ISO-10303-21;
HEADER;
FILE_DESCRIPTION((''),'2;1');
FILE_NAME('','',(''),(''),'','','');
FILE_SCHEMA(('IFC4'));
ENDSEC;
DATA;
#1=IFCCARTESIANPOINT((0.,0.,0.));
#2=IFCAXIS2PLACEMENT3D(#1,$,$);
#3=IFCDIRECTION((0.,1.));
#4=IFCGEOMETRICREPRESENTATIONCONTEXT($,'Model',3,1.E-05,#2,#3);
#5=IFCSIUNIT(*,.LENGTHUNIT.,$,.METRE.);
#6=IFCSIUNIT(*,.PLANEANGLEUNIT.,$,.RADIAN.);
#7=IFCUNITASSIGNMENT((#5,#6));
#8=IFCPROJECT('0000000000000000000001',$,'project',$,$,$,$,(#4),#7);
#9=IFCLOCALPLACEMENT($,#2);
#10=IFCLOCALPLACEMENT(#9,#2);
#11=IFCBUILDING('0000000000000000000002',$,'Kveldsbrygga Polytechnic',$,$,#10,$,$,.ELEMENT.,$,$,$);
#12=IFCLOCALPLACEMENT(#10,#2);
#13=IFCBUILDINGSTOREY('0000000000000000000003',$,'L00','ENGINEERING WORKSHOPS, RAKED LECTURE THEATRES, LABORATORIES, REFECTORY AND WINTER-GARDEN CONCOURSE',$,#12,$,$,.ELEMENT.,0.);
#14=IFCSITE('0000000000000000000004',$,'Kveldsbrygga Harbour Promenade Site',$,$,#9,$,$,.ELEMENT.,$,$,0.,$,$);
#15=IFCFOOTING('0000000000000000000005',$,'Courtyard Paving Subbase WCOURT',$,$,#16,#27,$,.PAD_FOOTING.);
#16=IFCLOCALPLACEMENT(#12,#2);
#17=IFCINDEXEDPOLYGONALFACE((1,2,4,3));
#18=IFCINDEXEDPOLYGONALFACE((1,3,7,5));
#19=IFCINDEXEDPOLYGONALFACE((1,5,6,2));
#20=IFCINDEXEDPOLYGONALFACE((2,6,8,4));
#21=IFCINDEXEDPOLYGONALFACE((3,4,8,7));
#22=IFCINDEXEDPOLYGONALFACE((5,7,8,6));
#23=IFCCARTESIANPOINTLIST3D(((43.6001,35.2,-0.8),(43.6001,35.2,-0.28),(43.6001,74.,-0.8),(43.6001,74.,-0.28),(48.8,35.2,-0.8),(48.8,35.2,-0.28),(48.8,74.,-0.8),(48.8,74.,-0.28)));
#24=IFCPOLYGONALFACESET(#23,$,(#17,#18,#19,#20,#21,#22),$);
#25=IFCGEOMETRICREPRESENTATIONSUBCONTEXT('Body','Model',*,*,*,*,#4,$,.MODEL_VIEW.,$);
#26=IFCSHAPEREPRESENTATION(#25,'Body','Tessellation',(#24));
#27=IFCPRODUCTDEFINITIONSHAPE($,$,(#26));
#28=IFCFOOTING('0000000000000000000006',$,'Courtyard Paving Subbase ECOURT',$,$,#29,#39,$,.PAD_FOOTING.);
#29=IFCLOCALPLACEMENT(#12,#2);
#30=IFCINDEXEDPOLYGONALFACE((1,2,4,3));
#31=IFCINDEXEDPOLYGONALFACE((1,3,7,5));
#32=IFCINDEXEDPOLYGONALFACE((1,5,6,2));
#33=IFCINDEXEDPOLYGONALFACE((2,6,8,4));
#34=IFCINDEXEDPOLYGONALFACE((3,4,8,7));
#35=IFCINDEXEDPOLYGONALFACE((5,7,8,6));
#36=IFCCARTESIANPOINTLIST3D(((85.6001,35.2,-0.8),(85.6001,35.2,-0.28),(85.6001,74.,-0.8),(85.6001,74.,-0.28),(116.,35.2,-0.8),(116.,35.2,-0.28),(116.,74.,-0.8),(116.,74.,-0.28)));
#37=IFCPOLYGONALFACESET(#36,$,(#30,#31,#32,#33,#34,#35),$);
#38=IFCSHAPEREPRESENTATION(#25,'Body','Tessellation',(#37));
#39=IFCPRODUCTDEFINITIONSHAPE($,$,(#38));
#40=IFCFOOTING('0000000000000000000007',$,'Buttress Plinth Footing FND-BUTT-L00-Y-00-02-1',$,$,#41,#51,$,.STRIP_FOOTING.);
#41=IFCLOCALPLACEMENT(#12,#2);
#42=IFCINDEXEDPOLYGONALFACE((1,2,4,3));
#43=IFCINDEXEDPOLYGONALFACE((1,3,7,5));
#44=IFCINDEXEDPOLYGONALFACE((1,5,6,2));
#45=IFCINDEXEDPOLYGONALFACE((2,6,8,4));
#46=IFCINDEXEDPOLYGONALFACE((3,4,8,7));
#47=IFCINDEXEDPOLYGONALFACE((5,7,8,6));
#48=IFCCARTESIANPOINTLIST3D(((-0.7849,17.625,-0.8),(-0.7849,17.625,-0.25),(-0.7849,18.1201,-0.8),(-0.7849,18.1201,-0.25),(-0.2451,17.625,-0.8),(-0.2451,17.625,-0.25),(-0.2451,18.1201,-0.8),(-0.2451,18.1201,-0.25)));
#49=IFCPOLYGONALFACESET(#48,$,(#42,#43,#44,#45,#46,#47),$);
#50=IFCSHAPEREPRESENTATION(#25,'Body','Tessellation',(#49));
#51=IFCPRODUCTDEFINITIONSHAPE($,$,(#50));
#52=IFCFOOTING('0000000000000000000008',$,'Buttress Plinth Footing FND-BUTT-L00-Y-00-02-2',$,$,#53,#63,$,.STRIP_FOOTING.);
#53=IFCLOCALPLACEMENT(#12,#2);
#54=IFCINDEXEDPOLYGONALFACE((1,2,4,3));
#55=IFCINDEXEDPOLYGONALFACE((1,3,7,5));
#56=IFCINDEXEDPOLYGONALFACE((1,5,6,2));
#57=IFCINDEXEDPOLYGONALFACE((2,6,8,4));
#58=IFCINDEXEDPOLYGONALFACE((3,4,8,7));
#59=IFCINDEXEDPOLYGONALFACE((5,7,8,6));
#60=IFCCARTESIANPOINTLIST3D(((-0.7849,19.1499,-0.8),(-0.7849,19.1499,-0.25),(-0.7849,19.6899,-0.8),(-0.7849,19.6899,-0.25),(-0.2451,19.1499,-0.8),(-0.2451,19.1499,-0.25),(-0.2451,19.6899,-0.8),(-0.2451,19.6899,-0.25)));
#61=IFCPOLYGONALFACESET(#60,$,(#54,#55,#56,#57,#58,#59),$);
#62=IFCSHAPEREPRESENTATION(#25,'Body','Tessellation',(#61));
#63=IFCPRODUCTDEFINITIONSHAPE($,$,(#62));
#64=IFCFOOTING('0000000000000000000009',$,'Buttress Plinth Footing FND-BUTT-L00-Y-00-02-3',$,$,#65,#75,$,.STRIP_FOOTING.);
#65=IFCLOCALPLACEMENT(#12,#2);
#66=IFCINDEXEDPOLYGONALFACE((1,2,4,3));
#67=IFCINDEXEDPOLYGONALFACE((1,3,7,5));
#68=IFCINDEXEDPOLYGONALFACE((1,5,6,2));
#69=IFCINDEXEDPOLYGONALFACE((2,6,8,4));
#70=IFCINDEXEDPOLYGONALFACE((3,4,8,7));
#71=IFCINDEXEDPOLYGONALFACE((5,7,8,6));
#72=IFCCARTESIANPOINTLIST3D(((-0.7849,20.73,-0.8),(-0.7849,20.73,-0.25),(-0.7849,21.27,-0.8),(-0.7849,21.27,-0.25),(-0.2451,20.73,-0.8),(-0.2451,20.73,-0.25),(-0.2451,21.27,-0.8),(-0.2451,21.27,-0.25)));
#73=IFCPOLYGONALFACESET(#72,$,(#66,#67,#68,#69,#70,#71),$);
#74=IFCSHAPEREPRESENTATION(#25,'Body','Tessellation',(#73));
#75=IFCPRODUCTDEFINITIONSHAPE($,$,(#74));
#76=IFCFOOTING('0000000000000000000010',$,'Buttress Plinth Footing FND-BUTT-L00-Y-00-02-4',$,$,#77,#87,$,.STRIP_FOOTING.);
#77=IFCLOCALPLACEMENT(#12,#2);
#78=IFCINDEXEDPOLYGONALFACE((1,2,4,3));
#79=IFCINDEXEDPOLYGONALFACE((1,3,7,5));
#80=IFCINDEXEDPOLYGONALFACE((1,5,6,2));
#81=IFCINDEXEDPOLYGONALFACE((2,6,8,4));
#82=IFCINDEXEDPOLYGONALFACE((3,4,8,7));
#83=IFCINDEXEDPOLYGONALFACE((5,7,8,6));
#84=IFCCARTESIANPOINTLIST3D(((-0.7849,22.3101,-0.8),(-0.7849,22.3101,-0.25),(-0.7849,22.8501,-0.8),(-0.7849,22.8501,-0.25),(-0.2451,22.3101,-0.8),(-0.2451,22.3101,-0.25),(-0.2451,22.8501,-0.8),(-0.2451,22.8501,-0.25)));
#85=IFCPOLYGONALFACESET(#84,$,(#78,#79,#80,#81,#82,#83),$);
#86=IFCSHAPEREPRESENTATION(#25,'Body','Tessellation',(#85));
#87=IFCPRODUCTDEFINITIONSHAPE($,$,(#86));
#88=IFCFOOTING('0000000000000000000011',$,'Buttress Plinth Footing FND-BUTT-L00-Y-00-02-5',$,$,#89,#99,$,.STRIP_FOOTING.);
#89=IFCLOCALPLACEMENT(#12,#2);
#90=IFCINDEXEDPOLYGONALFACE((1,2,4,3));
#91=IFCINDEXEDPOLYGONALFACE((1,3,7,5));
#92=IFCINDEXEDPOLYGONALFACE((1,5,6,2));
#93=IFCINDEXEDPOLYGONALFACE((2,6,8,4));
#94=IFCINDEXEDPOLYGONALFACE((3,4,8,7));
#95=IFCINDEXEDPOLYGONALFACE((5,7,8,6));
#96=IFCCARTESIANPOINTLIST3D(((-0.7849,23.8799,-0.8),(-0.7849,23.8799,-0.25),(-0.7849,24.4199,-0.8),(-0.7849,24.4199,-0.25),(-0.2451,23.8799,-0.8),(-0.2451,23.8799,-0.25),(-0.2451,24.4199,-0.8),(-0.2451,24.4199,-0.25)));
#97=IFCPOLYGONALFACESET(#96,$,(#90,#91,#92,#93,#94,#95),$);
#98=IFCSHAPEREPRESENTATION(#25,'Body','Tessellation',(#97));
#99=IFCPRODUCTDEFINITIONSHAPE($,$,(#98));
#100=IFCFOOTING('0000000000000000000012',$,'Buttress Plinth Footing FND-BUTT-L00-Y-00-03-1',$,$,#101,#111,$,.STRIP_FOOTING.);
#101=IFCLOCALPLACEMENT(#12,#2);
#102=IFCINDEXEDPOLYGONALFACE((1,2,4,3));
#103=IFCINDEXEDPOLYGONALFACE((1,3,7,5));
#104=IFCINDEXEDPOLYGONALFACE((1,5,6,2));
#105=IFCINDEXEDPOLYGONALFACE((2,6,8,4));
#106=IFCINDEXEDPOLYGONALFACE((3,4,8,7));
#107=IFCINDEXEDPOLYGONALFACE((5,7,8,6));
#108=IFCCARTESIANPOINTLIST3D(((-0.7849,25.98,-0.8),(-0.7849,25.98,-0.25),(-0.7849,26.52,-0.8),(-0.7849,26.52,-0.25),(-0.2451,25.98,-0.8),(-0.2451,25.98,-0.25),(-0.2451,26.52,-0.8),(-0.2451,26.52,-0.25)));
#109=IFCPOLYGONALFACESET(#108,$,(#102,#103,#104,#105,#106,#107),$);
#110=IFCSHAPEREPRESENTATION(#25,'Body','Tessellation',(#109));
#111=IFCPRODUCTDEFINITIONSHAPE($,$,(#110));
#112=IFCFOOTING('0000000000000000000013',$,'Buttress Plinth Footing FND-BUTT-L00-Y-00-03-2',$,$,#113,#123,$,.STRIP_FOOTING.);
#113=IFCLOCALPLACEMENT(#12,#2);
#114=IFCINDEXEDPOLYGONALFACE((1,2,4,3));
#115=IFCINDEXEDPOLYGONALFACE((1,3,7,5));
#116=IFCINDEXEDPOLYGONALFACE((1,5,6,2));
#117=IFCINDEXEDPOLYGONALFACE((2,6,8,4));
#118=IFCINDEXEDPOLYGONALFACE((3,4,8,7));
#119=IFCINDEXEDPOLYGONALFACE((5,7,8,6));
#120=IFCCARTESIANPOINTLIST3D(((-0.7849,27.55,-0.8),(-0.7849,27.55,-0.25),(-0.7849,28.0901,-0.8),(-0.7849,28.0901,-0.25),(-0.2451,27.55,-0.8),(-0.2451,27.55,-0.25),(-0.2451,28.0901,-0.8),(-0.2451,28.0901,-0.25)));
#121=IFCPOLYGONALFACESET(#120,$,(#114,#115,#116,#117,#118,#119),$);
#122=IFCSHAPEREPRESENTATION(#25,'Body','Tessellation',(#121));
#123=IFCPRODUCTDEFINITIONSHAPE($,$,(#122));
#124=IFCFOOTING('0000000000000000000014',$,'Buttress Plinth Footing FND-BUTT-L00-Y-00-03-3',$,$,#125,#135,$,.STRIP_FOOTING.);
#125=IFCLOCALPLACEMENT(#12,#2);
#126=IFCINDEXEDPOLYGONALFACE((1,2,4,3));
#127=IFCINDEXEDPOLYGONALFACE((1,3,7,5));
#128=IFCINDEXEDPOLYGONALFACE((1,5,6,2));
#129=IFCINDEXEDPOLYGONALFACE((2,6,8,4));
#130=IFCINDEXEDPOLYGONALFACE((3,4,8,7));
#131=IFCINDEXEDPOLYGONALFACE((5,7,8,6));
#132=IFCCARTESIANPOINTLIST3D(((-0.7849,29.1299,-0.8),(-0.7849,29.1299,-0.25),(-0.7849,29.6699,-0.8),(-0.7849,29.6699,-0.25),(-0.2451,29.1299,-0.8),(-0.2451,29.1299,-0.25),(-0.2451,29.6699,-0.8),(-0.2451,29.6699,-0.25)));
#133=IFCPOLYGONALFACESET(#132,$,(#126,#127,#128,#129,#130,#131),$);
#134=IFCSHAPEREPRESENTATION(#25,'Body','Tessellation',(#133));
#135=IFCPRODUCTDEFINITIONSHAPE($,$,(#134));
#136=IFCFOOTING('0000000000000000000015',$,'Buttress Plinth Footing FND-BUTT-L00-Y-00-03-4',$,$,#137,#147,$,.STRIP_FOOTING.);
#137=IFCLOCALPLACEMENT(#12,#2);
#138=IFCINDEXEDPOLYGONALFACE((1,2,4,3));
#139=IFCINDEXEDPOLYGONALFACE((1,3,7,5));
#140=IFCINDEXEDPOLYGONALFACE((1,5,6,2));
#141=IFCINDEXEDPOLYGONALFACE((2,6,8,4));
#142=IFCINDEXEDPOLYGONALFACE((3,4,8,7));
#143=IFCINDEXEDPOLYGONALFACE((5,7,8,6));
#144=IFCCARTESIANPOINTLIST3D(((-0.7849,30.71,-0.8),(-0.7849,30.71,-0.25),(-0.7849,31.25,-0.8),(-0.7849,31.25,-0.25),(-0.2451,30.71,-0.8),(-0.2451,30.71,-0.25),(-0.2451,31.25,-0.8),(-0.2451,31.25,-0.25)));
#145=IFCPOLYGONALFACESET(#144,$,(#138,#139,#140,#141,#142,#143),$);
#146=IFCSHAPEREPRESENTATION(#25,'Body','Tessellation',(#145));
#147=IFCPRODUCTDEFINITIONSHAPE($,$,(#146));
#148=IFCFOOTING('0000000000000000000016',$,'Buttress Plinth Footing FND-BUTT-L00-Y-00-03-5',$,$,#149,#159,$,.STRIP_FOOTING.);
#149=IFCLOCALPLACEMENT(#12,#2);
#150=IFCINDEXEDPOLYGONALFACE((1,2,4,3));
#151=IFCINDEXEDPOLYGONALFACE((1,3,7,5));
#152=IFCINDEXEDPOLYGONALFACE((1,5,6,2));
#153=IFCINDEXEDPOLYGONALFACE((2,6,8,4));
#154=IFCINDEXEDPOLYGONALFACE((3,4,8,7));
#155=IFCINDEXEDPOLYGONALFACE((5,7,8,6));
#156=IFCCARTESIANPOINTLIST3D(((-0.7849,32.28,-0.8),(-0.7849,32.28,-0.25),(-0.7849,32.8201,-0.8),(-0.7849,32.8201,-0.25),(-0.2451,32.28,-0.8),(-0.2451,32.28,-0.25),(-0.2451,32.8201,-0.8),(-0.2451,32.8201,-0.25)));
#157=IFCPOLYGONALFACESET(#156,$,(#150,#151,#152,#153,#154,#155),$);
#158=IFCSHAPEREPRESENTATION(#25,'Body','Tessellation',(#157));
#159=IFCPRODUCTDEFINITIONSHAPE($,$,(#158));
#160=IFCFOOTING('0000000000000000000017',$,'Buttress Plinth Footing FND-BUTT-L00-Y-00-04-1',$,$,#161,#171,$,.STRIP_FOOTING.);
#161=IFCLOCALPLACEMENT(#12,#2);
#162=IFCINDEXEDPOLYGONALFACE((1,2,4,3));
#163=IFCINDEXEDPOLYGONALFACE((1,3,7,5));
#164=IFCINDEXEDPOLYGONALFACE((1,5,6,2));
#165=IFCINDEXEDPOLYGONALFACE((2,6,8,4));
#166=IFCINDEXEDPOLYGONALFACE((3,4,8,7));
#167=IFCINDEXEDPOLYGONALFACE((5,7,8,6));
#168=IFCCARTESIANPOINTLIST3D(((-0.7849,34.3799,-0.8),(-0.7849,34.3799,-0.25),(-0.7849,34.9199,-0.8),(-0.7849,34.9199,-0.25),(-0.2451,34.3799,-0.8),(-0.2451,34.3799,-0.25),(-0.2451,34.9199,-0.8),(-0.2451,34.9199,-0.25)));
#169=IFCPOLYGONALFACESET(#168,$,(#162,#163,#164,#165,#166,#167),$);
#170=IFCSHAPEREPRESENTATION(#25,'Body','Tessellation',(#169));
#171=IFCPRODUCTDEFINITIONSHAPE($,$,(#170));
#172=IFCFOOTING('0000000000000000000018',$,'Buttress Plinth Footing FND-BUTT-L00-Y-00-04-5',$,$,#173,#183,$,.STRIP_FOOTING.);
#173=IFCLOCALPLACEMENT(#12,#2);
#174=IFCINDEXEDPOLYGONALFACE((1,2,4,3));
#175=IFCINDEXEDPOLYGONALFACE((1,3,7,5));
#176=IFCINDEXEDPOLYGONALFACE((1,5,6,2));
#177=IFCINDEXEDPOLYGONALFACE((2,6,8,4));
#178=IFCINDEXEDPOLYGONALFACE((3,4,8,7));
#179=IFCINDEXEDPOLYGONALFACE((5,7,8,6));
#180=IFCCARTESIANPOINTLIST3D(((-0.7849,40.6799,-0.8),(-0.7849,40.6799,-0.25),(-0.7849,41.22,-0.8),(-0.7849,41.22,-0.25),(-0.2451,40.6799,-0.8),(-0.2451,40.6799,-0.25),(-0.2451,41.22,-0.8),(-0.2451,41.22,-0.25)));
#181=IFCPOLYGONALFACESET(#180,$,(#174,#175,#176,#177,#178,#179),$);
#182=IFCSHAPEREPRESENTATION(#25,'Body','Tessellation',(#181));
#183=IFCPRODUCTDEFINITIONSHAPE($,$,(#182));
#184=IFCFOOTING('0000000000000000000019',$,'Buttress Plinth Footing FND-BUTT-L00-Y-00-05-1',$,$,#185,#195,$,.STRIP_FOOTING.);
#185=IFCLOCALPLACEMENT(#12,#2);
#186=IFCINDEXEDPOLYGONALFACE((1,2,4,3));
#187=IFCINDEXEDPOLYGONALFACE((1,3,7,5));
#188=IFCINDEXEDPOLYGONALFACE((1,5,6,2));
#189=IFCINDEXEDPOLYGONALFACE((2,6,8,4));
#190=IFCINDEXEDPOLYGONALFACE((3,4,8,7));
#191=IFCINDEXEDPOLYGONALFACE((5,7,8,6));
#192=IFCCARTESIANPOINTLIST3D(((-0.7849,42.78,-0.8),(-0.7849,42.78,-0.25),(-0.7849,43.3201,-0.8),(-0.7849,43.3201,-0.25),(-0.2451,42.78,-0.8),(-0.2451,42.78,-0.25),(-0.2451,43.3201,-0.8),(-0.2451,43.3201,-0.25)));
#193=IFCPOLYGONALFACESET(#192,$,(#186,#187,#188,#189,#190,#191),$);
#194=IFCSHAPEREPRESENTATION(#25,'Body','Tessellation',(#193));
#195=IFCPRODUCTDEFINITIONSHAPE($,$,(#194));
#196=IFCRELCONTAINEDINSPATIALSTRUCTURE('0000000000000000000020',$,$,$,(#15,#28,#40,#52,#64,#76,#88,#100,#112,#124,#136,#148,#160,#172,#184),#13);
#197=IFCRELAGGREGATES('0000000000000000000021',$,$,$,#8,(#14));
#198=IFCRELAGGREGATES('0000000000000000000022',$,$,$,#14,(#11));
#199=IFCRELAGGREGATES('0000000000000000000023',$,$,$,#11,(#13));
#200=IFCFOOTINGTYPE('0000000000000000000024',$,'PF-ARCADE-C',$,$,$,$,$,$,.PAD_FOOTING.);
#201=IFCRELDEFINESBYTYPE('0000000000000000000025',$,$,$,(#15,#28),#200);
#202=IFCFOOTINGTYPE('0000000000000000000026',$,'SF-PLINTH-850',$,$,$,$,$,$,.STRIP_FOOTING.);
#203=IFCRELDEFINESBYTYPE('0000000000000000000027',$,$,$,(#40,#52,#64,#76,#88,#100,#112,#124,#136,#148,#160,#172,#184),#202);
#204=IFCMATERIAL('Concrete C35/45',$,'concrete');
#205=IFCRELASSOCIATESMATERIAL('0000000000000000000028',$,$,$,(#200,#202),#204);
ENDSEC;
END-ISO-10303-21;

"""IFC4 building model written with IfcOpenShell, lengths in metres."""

from ifc_helpers import new_model, si_unit, direction, frame, origin, place, context, subcontext, project, spatial, polyline, outline, extrude, material, type_object, element, save


model = new_model("IFC4")

# Units and contexts
model_context = context("Model", 3, precision=1e-05, world=origin(), true_north=direction((0.0, 1.0)))
body_context = subcontext(model_context, "Body", "Model", "MODEL_VIEW")
ifc_project = project(units=[si_unit("LENGTHUNIT", "METRE"), si_unit("PLANEANGLEUNIT", "RADIAN")], contexts=[model_context])

# Site, building, storey
site_placement = place(None, origin())
site = spatial("IfcSite", under=ifc_project, at=site_placement, Name="Kveldsbrygga Harbour Promenade Site", CompositionType="ELEMENT", RefElevation=0.0)
building_placement = place(site_placement, origin())
building = spatial("IfcBuilding", under=site, at=building_placement, Name="Kveldsbrygga Polytechnic", CompositionType="ELEMENT")
storey_placement = place(building_placement, origin())
storey = spatial("IfcBuildingStorey", under=building, at=storey_placement, Name="L00", Description="ENGINEERING WORKSHOPS, RAKED LECTURE THEATRES, LABORATORIES, REFECTORY AND WINTER-GARDEN CONCOURSE", CompositionType="ELEMENT", Elevation=0.0)

# Footings
ifc_material = material(Name="Concrete C35/45", Category="concrete")
footing_type_1 = type_object("IfcFootingType", Name="PF-ARCADE-C", PredefinedType="PAD_FOOTING", material=ifc_material)
footing_1_placement = place(storey_placement, frame((0.0, 0.0, -0.8)))
element("IfcFooting", 1, at=footing_1_placement, inside=storey, type_object=footing_type_1, Name="Courtyard Paving Subbase WCOURT", PredefinedType="PAD_FOOTING", context=body_context, shape_type="SweptSolid", body=[
    extrude(outline(polyline([(43.6001, 35.2), (48.8, 35.2), (48.8, 74.0), (43.6001, 74.0), (43.6001, 35.2)])), origin(), (0.0, 0.0, 1.0), 0.52),
])
footing_2_placement = place(storey_placement, frame((0.0, 0.0, -0.8)))
element("IfcFooting", 2, at=footing_2_placement, inside=storey, type_object=footing_type_1, Name="Courtyard Paving Subbase ECOURT", PredefinedType="PAD_FOOTING", context=body_context, shape_type="SweptSolid", body=[
    extrude(outline(polyline([(85.6001, 35.2), (116.0, 35.2), (116.0, 74.0), (85.6001, 74.0), (85.6001, 35.2)])), origin(), (0.0, 0.0, 1.0), 0.52),
])
footing_type_2 = type_object("IfcFootingType", Name="SF-PLINTH-850", PredefinedType="STRIP_FOOTING", material=ifc_material)
footing_3_placement = place(storey_placement, frame((0.0, 0.0, -0.8)))
element("IfcFooting", 3, at=footing_3_placement, inside=storey, type_object=footing_type_2, Name="Buttress Plinth Footing FND-BUTT-L00-Y-00-02-1", PredefinedType="STRIP_FOOTING", context=body_context, shape_type="SweptSolid", body=[
    extrude(outline(polyline([(-0.7849, 17.625), (-0.2451, 17.625), (-0.2451, 18.1201), (-0.7849, 18.1201), (-0.7849, 17.625)])), origin(), (0.0, 0.0, 1.0), 0.55),
])
footing_4_placement = place(storey_placement, frame((0.0, 0.0, -0.8)))
element("IfcFooting", 4, at=footing_4_placement, inside=storey, type_object=footing_type_2, Name="Buttress Plinth Footing FND-BUTT-L00-Y-00-02-2", PredefinedType="STRIP_FOOTING", context=body_context, shape_type="SweptSolid", body=[
    extrude(outline(polyline([(-0.7849, 19.1499), (-0.2451, 19.1499), (-0.2451, 19.6899), (-0.7849, 19.6899), (-0.7849, 19.1499)])), origin(), (0.0, 0.0, 1.0), 0.55),
])
footing_5_placement = place(storey_placement, frame((0.0, 0.0, -0.8)))
element("IfcFooting", 5, at=footing_5_placement, inside=storey, type_object=footing_type_2, Name="Buttress Plinth Footing FND-BUTT-L00-Y-00-02-3", PredefinedType="STRIP_FOOTING", context=body_context, shape_type="SweptSolid", body=[
    extrude(outline(polyline([(-0.7849, 20.73), (-0.2451, 20.73), (-0.2451, 21.27), (-0.7849, 21.27), (-0.7849, 20.73)])), origin(), (0.0, 0.0, 1.0), 0.55),
])
footing_6_placement = place(storey_placement, frame((0.0, 0.0, -0.8)))
element("IfcFooting", 6, at=footing_6_placement, inside=storey, type_object=footing_type_2, Name="Buttress Plinth Footing FND-BUTT-L00-Y-00-02-4", PredefinedType="STRIP_FOOTING", context=body_context, shape_type="SweptSolid", body=[
    extrude(outline(polyline([(-0.7849, 22.3101), (-0.2451, 22.3101), (-0.2451, 22.8501), (-0.7849, 22.8501), (-0.7849, 22.3101)])), origin(), (0.0, 0.0, 1.0), 0.55),
])
footing_7_placement = place(storey_placement, frame((0.0, 0.0, -0.8)))
element("IfcFooting", 7, at=footing_7_placement, inside=storey, type_object=footing_type_2, Name="Buttress Plinth Footing FND-BUTT-L00-Y-00-02-5", PredefinedType="STRIP_FOOTING", context=body_context, shape_type="SweptSolid", body=[
    extrude(outline(polyline([(-0.7849, 23.8799), (-0.2451, 23.8799), (-0.2451, 24.4199), (-0.7849, 24.4199), (-0.7849, 23.8799)])), origin(), (0.0, 0.0, 1.0), 0.55),
])
footing_8_placement = place(storey_placement, frame((0.0, 0.0, -0.8)))
element("IfcFooting", 8, at=footing_8_placement, inside=storey, type_object=footing_type_2, Name="Buttress Plinth Footing FND-BUTT-L00-Y-00-03-1", PredefinedType="STRIP_FOOTING", context=body_context, shape_type="SweptSolid", body=[
    extrude(outline(polyline([(-0.7849, 25.98), (-0.2451, 25.98), (-0.2451, 26.52), (-0.7849, 26.52), (-0.7849, 25.98)])), origin(), (0.0, 0.0, 1.0), 0.55),
])
footing_9_placement = place(storey_placement, frame((0.0, 0.0, -0.8)))
element("IfcFooting", 9, at=footing_9_placement, inside=storey, type_object=footing_type_2, Name="Buttress Plinth Footing FND-BUTT-L00-Y-00-03-2", PredefinedType="STRIP_FOOTING", context=body_context, shape_type="SweptSolid", body=[
    extrude(outline(polyline([(-0.7849, 27.55), (-0.2451, 27.55), (-0.2451, 28.0901), (-0.7849, 28.0901), (-0.7849, 27.55)])), origin(), (0.0, 0.0, 1.0), 0.55),
])
footing_10_placement = place(storey_placement, frame((0.0, 0.0, -0.8)))
element("IfcFooting", 10, at=footing_10_placement, inside=storey, type_object=footing_type_2, Name="Buttress Plinth Footing FND-BUTT-L00-Y-00-03-3", PredefinedType="STRIP_FOOTING", context=body_context, shape_type="SweptSolid", body=[
    extrude(outline(polyline([(-0.7849, 29.1299), (-0.2451, 29.1299), (-0.2451, 29.6699), (-0.7849, 29.6699), (-0.7849, 29.1299)])), origin(), (0.0, 0.0, 1.0), 0.55),
])
footing_11_placement = place(storey_placement, frame((0.0, 0.0, -0.8)))
element("IfcFooting", 11, at=footing_11_placement, inside=storey, type_object=footing_type_2, Name="Buttress Plinth Footing FND-BUTT-L00-Y-00-03-4", PredefinedType="STRIP_FOOTING", context=body_context, shape_type="SweptSolid", body=[
    extrude(outline(polyline([(-0.7849, 30.71), (-0.2451, 30.71), (-0.2451, 31.25), (-0.7849, 31.25), (-0.7849, 30.71)])), origin(), (0.0, 0.0, 1.0), 0.55),
])
footing_12_placement = place(storey_placement, frame((0.0, 0.0, -0.8)))
element("IfcFooting", 12, at=footing_12_placement, inside=storey, type_object=footing_type_2, Name="Buttress Plinth Footing FND-BUTT-L00-Y-00-03-5", PredefinedType="STRIP_FOOTING", context=body_context, shape_type="SweptSolid", body=[
    extrude(outline(polyline([(-0.7849, 32.28), (-0.2451, 32.28), (-0.2451, 32.8201), (-0.7849, 32.8201), (-0.7849, 32.28)])), origin(), (0.0, 0.0, 1.0), 0.55),
])
footing_13_placement = place(storey_placement, frame((0.0, 0.0, -0.8)))
element("IfcFooting", 13, at=footing_13_placement, inside=storey, type_object=footing_type_2, Name="Buttress Plinth Footing FND-BUTT-L00-Y-00-04-1", PredefinedType="STRIP_FOOTING", context=body_context, shape_type="SweptSolid", body=[
    extrude(outline(polyline([(-0.7849, 34.3799), (-0.2451, 34.3799), (-0.2451, 34.9199), (-0.7849, 34.9199), (-0.7849, 34.3799)])), origin(), (0.0, 0.0, 1.0), 0.55),
])
footing_14_placement = place(storey_placement, frame((0.0, 0.0, -0.8)))
element("IfcFooting", 14, at=footing_14_placement, inside=storey, type_object=footing_type_2, Name="Buttress Plinth Footing FND-BUTT-L00-Y-00-04-5", PredefinedType="STRIP_FOOTING", context=body_context, shape_type="SweptSolid", body=[
    extrude(outline(polyline([(-0.7849, 40.6799), (-0.2451, 40.6799), (-0.2451, 41.22), (-0.7849, 41.22), (-0.7849, 40.6799)])), origin(), (0.0, 0.0, 1.0), 0.55),
])
footing_15_placement = place(storey_placement, frame((0.0, 0.0, -0.8)))
element("IfcFooting", 15, at=footing_15_placement, inside=storey, type_object=footing_type_2, Name="Buttress Plinth Footing FND-BUTT-L00-Y-00-05-1", PredefinedType="STRIP_FOOTING", context=body_context, shape_type="SweptSolid", body=[
    extrude(outline(polyline([(-0.7849, 42.78), (-0.2451, 42.78), (-0.2451, 43.3201), (-0.7849, 43.3201), (-0.7849, 42.78)])), origin(), (0.0, 0.0, 1.0), 0.55),
])

save(model, "model.ifc")
